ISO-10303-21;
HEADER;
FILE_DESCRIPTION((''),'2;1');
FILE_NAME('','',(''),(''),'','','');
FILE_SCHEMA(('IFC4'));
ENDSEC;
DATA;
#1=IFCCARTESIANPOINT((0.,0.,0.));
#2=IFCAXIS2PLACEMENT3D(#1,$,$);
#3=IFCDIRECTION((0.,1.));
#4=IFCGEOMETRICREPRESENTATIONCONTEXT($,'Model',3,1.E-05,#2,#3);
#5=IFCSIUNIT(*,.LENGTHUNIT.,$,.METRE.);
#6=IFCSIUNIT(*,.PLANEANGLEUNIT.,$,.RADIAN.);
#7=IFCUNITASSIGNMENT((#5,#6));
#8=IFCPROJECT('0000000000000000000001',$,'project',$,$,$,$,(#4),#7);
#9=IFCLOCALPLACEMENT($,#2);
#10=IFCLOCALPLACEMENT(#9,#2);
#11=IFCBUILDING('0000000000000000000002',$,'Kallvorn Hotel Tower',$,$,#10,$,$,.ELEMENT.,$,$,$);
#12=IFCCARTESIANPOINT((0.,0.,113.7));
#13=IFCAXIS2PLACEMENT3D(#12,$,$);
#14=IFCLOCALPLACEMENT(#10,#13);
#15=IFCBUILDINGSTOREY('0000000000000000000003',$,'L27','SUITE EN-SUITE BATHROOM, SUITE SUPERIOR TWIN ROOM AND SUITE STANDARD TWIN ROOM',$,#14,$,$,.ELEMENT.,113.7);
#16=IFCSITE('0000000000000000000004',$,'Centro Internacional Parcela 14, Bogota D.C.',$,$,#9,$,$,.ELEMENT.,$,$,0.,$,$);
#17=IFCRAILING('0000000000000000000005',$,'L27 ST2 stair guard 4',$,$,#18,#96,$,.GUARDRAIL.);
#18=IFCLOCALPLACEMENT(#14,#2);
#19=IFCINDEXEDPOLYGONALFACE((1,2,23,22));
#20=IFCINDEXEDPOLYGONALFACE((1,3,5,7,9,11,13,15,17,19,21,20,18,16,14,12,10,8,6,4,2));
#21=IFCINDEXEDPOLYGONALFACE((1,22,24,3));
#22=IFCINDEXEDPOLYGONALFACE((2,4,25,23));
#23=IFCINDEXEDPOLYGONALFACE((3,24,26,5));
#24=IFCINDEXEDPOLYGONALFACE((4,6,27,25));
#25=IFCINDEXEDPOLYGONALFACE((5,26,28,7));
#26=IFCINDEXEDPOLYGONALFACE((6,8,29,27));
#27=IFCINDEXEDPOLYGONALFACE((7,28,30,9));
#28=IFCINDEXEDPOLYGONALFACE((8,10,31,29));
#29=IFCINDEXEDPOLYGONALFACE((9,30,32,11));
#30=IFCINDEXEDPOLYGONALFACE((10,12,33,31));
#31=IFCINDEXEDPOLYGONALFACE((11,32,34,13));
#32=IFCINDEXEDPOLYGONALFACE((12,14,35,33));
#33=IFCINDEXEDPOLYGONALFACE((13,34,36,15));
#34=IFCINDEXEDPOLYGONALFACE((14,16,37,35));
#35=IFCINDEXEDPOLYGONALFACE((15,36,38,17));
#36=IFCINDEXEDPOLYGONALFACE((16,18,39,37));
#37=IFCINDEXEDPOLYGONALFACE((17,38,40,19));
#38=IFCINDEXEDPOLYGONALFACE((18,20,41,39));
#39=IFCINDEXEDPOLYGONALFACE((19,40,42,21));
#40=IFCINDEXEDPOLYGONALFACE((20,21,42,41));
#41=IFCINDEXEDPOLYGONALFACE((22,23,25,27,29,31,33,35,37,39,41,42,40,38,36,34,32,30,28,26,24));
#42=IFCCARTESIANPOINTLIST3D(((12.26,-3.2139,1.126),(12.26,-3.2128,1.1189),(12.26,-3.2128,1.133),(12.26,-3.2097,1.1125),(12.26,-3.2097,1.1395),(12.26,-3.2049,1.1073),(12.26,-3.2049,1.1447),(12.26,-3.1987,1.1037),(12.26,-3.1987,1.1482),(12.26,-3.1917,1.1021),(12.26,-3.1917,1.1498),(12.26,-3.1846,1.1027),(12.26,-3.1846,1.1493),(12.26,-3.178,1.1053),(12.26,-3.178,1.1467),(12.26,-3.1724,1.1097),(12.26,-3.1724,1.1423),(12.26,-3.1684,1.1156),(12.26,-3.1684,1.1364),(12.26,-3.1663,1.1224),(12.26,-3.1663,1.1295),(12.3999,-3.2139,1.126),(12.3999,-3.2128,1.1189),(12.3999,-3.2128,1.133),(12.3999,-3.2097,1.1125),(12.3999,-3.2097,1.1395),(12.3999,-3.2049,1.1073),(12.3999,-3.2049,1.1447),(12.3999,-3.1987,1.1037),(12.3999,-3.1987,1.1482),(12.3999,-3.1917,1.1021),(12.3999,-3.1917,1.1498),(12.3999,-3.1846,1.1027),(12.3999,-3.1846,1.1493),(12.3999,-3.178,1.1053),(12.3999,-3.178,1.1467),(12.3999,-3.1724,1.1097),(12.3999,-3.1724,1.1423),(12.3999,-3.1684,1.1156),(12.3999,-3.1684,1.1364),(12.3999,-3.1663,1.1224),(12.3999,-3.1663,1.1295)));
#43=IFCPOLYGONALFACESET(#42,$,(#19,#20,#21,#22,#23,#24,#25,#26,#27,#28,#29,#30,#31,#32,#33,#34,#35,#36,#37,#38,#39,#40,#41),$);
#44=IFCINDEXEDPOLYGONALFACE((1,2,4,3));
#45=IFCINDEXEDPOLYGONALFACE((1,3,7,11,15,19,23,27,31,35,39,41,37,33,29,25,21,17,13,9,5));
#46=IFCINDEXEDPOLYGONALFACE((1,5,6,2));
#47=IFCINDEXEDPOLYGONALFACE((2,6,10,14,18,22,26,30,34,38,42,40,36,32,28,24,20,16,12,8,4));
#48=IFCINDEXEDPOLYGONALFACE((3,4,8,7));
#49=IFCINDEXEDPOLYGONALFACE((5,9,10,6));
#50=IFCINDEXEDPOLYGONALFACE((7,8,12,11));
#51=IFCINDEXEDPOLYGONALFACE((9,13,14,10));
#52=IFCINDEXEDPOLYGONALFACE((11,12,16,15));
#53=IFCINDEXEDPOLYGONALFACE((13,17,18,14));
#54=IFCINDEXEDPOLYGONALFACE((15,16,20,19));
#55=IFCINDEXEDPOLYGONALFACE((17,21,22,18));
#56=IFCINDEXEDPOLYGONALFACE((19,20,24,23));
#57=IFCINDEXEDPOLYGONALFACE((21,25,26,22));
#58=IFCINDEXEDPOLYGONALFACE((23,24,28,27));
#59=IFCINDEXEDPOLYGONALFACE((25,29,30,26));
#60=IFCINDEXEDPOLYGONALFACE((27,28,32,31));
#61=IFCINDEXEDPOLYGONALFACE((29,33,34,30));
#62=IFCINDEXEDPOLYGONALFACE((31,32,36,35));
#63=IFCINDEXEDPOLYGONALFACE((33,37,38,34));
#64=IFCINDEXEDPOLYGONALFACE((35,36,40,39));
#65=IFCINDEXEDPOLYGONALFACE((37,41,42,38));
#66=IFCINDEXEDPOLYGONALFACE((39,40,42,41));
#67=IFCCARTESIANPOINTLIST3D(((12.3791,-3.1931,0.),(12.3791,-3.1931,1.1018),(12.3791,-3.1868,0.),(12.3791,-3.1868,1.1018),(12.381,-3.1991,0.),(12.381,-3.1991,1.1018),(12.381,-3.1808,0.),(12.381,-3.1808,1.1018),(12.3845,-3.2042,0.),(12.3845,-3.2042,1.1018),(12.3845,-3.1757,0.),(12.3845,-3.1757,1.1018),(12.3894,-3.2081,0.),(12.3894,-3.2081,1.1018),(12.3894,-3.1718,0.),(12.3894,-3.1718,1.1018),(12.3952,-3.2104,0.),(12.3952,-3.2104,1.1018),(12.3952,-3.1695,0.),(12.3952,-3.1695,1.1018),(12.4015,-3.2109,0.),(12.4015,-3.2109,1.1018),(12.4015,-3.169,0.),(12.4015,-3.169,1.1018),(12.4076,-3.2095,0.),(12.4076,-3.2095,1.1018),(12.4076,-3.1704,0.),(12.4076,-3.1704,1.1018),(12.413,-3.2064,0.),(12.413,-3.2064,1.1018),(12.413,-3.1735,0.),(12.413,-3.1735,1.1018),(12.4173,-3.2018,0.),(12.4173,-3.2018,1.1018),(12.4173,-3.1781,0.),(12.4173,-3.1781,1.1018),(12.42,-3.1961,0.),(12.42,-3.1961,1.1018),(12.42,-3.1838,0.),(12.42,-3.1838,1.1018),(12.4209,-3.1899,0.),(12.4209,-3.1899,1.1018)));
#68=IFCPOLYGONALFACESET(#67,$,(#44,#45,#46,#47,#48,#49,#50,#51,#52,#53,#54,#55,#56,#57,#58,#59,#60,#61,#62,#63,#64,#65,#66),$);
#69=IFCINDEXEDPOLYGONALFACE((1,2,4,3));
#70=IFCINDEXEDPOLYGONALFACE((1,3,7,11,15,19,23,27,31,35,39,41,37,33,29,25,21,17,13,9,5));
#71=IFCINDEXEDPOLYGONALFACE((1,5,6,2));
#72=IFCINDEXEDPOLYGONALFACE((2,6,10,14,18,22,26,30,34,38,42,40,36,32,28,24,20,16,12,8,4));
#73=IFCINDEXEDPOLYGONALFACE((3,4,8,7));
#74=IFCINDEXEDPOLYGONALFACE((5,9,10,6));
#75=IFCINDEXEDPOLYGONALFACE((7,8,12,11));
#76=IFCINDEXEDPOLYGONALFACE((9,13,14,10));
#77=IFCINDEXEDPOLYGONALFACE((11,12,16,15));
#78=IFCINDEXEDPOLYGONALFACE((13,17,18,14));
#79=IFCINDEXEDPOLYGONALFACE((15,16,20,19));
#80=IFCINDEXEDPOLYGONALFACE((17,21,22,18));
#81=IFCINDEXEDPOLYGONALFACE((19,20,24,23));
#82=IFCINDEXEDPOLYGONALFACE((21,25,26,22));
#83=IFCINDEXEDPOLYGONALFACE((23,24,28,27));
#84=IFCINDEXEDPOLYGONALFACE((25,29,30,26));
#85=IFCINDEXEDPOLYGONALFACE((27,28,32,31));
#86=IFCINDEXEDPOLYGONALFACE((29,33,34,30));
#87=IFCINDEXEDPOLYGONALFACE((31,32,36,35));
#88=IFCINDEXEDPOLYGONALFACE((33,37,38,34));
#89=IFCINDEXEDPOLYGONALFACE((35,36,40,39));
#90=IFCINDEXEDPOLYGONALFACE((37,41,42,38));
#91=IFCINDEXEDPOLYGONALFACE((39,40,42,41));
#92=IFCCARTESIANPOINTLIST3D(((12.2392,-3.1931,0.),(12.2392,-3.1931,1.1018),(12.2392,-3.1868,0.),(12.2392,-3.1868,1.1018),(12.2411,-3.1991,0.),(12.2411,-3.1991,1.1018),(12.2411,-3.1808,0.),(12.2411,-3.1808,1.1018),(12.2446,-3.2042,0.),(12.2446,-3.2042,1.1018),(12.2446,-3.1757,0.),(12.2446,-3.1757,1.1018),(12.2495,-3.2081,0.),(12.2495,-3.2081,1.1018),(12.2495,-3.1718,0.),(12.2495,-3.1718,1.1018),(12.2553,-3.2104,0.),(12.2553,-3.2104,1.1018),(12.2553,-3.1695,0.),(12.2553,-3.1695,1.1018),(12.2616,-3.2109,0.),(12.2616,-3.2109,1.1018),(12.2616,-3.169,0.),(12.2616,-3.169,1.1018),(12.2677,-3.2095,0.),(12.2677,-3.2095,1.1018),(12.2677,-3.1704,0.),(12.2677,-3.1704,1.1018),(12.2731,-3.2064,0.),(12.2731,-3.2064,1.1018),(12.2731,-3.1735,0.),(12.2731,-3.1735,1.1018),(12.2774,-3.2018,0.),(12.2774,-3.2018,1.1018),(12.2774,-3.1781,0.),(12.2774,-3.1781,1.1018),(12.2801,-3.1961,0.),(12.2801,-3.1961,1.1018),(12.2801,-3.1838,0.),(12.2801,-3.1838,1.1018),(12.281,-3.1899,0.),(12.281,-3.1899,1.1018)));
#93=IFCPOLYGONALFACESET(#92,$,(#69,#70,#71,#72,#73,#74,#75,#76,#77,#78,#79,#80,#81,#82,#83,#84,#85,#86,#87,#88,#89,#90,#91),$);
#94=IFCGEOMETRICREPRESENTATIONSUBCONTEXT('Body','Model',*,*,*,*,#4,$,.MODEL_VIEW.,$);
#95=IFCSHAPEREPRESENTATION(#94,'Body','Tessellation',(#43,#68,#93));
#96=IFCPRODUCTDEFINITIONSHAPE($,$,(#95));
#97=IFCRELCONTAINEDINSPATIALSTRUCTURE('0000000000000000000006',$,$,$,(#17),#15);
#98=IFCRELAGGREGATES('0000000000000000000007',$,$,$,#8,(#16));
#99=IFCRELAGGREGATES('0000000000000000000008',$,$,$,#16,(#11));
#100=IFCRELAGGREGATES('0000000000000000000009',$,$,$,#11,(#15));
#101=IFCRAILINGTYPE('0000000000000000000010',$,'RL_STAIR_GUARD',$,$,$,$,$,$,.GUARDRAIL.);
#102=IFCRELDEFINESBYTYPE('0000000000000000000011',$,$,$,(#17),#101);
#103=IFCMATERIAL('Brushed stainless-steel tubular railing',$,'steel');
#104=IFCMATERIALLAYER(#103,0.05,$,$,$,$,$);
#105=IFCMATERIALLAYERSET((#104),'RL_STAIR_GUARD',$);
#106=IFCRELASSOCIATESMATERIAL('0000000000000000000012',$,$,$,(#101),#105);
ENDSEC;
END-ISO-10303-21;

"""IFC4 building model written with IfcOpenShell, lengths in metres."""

from ifc_helpers import new_model, si_unit, direction, frame, origin, origin_2d, place, context, subcontext, project, spatial, circle, extrude, material, layer, layer_set, type_object, element, save


model = new_model("IFC4")

# Units and contexts
model_context = context("Model", 3, precision=1e-05, world=origin(), true_north=direction((0.0, 1.0)))
body_context = subcontext(model_context, "Body", "Model", "MODEL_VIEW")
ifc_project = project(units=[si_unit("LENGTHUNIT", "METRE"), si_unit("PLANEANGLEUNIT", "RADIAN")], contexts=[model_context])

# Site, building, storey
site_placement = place(None, origin())
site = spatial("IfcSite", under=ifc_project, at=site_placement, Name="Centro Internacional Parcela 14, Bogota D.C.", CompositionType="ELEMENT", RefElevation=0.0)
building_placement = place(site_placement, origin())
building = spatial("IfcBuilding", under=site, at=building_placement, Name="Kallvorn Hotel Tower", CompositionType="ELEMENT")
storey_placement = place(building_placement, frame((0.0, 0.0, 113.7)))
storey = spatial("IfcBuildingStorey", under=building, at=storey_placement, Name="L27", Description="SUITE EN-SUITE BATHROOM, SUITE SUPERIOR TWIN ROOM AND SUITE STANDARD TWIN ROOM", CompositionType="ELEMENT", Elevation=113.7)

# Railing
ifc_material_1 = material(Name="Brushed stainless-steel tubular railing", Category="steel")
ifc_layer_1 = layer(ifc_material_1, 0.05)
ifc_layer_set_1 = layer_set([ifc_layer_1], Name="RL_STAIR_GUARD")
railing_type_1 = type_object("IfcRailingType", Name="RL_STAIR_GUARD", PredefinedType="GUARDRAIL", material=ifc_layer_set_1)
railing_1_placement = place(storey_placement, frame((12.3999, -3.1899, 0.0)))
element("IfcRailing", 1, at=railing_1_placement, inside=storey, type_object=railing_type_1, Name="L27 ST2 stair guard 4", PredefinedType="GUARDRAIL", context=body_context, shape_type="SweptSolid", body=[
    extrude(circle(Radius=0.0239, at=origin_2d()), frame((0.0, 0.0, 1.126), z_axis=(-1.0, 0.0, 0.0), x_axis=(0.0, -1.0, 0.0)), (0.0, 0.0, 1.0), 0.1399),
    extrude(circle(Radius=0.021, at=origin_2d()), origin(), (0.0, 0.0, 1.0), 1.1018),
    extrude(circle(Radius=0.021, at=origin_2d()), frame((-0.1399, 0.0, 0.0)), (0.0, 0.0, 1.0), 1.1018),
])

save(model, "model.ifc")
